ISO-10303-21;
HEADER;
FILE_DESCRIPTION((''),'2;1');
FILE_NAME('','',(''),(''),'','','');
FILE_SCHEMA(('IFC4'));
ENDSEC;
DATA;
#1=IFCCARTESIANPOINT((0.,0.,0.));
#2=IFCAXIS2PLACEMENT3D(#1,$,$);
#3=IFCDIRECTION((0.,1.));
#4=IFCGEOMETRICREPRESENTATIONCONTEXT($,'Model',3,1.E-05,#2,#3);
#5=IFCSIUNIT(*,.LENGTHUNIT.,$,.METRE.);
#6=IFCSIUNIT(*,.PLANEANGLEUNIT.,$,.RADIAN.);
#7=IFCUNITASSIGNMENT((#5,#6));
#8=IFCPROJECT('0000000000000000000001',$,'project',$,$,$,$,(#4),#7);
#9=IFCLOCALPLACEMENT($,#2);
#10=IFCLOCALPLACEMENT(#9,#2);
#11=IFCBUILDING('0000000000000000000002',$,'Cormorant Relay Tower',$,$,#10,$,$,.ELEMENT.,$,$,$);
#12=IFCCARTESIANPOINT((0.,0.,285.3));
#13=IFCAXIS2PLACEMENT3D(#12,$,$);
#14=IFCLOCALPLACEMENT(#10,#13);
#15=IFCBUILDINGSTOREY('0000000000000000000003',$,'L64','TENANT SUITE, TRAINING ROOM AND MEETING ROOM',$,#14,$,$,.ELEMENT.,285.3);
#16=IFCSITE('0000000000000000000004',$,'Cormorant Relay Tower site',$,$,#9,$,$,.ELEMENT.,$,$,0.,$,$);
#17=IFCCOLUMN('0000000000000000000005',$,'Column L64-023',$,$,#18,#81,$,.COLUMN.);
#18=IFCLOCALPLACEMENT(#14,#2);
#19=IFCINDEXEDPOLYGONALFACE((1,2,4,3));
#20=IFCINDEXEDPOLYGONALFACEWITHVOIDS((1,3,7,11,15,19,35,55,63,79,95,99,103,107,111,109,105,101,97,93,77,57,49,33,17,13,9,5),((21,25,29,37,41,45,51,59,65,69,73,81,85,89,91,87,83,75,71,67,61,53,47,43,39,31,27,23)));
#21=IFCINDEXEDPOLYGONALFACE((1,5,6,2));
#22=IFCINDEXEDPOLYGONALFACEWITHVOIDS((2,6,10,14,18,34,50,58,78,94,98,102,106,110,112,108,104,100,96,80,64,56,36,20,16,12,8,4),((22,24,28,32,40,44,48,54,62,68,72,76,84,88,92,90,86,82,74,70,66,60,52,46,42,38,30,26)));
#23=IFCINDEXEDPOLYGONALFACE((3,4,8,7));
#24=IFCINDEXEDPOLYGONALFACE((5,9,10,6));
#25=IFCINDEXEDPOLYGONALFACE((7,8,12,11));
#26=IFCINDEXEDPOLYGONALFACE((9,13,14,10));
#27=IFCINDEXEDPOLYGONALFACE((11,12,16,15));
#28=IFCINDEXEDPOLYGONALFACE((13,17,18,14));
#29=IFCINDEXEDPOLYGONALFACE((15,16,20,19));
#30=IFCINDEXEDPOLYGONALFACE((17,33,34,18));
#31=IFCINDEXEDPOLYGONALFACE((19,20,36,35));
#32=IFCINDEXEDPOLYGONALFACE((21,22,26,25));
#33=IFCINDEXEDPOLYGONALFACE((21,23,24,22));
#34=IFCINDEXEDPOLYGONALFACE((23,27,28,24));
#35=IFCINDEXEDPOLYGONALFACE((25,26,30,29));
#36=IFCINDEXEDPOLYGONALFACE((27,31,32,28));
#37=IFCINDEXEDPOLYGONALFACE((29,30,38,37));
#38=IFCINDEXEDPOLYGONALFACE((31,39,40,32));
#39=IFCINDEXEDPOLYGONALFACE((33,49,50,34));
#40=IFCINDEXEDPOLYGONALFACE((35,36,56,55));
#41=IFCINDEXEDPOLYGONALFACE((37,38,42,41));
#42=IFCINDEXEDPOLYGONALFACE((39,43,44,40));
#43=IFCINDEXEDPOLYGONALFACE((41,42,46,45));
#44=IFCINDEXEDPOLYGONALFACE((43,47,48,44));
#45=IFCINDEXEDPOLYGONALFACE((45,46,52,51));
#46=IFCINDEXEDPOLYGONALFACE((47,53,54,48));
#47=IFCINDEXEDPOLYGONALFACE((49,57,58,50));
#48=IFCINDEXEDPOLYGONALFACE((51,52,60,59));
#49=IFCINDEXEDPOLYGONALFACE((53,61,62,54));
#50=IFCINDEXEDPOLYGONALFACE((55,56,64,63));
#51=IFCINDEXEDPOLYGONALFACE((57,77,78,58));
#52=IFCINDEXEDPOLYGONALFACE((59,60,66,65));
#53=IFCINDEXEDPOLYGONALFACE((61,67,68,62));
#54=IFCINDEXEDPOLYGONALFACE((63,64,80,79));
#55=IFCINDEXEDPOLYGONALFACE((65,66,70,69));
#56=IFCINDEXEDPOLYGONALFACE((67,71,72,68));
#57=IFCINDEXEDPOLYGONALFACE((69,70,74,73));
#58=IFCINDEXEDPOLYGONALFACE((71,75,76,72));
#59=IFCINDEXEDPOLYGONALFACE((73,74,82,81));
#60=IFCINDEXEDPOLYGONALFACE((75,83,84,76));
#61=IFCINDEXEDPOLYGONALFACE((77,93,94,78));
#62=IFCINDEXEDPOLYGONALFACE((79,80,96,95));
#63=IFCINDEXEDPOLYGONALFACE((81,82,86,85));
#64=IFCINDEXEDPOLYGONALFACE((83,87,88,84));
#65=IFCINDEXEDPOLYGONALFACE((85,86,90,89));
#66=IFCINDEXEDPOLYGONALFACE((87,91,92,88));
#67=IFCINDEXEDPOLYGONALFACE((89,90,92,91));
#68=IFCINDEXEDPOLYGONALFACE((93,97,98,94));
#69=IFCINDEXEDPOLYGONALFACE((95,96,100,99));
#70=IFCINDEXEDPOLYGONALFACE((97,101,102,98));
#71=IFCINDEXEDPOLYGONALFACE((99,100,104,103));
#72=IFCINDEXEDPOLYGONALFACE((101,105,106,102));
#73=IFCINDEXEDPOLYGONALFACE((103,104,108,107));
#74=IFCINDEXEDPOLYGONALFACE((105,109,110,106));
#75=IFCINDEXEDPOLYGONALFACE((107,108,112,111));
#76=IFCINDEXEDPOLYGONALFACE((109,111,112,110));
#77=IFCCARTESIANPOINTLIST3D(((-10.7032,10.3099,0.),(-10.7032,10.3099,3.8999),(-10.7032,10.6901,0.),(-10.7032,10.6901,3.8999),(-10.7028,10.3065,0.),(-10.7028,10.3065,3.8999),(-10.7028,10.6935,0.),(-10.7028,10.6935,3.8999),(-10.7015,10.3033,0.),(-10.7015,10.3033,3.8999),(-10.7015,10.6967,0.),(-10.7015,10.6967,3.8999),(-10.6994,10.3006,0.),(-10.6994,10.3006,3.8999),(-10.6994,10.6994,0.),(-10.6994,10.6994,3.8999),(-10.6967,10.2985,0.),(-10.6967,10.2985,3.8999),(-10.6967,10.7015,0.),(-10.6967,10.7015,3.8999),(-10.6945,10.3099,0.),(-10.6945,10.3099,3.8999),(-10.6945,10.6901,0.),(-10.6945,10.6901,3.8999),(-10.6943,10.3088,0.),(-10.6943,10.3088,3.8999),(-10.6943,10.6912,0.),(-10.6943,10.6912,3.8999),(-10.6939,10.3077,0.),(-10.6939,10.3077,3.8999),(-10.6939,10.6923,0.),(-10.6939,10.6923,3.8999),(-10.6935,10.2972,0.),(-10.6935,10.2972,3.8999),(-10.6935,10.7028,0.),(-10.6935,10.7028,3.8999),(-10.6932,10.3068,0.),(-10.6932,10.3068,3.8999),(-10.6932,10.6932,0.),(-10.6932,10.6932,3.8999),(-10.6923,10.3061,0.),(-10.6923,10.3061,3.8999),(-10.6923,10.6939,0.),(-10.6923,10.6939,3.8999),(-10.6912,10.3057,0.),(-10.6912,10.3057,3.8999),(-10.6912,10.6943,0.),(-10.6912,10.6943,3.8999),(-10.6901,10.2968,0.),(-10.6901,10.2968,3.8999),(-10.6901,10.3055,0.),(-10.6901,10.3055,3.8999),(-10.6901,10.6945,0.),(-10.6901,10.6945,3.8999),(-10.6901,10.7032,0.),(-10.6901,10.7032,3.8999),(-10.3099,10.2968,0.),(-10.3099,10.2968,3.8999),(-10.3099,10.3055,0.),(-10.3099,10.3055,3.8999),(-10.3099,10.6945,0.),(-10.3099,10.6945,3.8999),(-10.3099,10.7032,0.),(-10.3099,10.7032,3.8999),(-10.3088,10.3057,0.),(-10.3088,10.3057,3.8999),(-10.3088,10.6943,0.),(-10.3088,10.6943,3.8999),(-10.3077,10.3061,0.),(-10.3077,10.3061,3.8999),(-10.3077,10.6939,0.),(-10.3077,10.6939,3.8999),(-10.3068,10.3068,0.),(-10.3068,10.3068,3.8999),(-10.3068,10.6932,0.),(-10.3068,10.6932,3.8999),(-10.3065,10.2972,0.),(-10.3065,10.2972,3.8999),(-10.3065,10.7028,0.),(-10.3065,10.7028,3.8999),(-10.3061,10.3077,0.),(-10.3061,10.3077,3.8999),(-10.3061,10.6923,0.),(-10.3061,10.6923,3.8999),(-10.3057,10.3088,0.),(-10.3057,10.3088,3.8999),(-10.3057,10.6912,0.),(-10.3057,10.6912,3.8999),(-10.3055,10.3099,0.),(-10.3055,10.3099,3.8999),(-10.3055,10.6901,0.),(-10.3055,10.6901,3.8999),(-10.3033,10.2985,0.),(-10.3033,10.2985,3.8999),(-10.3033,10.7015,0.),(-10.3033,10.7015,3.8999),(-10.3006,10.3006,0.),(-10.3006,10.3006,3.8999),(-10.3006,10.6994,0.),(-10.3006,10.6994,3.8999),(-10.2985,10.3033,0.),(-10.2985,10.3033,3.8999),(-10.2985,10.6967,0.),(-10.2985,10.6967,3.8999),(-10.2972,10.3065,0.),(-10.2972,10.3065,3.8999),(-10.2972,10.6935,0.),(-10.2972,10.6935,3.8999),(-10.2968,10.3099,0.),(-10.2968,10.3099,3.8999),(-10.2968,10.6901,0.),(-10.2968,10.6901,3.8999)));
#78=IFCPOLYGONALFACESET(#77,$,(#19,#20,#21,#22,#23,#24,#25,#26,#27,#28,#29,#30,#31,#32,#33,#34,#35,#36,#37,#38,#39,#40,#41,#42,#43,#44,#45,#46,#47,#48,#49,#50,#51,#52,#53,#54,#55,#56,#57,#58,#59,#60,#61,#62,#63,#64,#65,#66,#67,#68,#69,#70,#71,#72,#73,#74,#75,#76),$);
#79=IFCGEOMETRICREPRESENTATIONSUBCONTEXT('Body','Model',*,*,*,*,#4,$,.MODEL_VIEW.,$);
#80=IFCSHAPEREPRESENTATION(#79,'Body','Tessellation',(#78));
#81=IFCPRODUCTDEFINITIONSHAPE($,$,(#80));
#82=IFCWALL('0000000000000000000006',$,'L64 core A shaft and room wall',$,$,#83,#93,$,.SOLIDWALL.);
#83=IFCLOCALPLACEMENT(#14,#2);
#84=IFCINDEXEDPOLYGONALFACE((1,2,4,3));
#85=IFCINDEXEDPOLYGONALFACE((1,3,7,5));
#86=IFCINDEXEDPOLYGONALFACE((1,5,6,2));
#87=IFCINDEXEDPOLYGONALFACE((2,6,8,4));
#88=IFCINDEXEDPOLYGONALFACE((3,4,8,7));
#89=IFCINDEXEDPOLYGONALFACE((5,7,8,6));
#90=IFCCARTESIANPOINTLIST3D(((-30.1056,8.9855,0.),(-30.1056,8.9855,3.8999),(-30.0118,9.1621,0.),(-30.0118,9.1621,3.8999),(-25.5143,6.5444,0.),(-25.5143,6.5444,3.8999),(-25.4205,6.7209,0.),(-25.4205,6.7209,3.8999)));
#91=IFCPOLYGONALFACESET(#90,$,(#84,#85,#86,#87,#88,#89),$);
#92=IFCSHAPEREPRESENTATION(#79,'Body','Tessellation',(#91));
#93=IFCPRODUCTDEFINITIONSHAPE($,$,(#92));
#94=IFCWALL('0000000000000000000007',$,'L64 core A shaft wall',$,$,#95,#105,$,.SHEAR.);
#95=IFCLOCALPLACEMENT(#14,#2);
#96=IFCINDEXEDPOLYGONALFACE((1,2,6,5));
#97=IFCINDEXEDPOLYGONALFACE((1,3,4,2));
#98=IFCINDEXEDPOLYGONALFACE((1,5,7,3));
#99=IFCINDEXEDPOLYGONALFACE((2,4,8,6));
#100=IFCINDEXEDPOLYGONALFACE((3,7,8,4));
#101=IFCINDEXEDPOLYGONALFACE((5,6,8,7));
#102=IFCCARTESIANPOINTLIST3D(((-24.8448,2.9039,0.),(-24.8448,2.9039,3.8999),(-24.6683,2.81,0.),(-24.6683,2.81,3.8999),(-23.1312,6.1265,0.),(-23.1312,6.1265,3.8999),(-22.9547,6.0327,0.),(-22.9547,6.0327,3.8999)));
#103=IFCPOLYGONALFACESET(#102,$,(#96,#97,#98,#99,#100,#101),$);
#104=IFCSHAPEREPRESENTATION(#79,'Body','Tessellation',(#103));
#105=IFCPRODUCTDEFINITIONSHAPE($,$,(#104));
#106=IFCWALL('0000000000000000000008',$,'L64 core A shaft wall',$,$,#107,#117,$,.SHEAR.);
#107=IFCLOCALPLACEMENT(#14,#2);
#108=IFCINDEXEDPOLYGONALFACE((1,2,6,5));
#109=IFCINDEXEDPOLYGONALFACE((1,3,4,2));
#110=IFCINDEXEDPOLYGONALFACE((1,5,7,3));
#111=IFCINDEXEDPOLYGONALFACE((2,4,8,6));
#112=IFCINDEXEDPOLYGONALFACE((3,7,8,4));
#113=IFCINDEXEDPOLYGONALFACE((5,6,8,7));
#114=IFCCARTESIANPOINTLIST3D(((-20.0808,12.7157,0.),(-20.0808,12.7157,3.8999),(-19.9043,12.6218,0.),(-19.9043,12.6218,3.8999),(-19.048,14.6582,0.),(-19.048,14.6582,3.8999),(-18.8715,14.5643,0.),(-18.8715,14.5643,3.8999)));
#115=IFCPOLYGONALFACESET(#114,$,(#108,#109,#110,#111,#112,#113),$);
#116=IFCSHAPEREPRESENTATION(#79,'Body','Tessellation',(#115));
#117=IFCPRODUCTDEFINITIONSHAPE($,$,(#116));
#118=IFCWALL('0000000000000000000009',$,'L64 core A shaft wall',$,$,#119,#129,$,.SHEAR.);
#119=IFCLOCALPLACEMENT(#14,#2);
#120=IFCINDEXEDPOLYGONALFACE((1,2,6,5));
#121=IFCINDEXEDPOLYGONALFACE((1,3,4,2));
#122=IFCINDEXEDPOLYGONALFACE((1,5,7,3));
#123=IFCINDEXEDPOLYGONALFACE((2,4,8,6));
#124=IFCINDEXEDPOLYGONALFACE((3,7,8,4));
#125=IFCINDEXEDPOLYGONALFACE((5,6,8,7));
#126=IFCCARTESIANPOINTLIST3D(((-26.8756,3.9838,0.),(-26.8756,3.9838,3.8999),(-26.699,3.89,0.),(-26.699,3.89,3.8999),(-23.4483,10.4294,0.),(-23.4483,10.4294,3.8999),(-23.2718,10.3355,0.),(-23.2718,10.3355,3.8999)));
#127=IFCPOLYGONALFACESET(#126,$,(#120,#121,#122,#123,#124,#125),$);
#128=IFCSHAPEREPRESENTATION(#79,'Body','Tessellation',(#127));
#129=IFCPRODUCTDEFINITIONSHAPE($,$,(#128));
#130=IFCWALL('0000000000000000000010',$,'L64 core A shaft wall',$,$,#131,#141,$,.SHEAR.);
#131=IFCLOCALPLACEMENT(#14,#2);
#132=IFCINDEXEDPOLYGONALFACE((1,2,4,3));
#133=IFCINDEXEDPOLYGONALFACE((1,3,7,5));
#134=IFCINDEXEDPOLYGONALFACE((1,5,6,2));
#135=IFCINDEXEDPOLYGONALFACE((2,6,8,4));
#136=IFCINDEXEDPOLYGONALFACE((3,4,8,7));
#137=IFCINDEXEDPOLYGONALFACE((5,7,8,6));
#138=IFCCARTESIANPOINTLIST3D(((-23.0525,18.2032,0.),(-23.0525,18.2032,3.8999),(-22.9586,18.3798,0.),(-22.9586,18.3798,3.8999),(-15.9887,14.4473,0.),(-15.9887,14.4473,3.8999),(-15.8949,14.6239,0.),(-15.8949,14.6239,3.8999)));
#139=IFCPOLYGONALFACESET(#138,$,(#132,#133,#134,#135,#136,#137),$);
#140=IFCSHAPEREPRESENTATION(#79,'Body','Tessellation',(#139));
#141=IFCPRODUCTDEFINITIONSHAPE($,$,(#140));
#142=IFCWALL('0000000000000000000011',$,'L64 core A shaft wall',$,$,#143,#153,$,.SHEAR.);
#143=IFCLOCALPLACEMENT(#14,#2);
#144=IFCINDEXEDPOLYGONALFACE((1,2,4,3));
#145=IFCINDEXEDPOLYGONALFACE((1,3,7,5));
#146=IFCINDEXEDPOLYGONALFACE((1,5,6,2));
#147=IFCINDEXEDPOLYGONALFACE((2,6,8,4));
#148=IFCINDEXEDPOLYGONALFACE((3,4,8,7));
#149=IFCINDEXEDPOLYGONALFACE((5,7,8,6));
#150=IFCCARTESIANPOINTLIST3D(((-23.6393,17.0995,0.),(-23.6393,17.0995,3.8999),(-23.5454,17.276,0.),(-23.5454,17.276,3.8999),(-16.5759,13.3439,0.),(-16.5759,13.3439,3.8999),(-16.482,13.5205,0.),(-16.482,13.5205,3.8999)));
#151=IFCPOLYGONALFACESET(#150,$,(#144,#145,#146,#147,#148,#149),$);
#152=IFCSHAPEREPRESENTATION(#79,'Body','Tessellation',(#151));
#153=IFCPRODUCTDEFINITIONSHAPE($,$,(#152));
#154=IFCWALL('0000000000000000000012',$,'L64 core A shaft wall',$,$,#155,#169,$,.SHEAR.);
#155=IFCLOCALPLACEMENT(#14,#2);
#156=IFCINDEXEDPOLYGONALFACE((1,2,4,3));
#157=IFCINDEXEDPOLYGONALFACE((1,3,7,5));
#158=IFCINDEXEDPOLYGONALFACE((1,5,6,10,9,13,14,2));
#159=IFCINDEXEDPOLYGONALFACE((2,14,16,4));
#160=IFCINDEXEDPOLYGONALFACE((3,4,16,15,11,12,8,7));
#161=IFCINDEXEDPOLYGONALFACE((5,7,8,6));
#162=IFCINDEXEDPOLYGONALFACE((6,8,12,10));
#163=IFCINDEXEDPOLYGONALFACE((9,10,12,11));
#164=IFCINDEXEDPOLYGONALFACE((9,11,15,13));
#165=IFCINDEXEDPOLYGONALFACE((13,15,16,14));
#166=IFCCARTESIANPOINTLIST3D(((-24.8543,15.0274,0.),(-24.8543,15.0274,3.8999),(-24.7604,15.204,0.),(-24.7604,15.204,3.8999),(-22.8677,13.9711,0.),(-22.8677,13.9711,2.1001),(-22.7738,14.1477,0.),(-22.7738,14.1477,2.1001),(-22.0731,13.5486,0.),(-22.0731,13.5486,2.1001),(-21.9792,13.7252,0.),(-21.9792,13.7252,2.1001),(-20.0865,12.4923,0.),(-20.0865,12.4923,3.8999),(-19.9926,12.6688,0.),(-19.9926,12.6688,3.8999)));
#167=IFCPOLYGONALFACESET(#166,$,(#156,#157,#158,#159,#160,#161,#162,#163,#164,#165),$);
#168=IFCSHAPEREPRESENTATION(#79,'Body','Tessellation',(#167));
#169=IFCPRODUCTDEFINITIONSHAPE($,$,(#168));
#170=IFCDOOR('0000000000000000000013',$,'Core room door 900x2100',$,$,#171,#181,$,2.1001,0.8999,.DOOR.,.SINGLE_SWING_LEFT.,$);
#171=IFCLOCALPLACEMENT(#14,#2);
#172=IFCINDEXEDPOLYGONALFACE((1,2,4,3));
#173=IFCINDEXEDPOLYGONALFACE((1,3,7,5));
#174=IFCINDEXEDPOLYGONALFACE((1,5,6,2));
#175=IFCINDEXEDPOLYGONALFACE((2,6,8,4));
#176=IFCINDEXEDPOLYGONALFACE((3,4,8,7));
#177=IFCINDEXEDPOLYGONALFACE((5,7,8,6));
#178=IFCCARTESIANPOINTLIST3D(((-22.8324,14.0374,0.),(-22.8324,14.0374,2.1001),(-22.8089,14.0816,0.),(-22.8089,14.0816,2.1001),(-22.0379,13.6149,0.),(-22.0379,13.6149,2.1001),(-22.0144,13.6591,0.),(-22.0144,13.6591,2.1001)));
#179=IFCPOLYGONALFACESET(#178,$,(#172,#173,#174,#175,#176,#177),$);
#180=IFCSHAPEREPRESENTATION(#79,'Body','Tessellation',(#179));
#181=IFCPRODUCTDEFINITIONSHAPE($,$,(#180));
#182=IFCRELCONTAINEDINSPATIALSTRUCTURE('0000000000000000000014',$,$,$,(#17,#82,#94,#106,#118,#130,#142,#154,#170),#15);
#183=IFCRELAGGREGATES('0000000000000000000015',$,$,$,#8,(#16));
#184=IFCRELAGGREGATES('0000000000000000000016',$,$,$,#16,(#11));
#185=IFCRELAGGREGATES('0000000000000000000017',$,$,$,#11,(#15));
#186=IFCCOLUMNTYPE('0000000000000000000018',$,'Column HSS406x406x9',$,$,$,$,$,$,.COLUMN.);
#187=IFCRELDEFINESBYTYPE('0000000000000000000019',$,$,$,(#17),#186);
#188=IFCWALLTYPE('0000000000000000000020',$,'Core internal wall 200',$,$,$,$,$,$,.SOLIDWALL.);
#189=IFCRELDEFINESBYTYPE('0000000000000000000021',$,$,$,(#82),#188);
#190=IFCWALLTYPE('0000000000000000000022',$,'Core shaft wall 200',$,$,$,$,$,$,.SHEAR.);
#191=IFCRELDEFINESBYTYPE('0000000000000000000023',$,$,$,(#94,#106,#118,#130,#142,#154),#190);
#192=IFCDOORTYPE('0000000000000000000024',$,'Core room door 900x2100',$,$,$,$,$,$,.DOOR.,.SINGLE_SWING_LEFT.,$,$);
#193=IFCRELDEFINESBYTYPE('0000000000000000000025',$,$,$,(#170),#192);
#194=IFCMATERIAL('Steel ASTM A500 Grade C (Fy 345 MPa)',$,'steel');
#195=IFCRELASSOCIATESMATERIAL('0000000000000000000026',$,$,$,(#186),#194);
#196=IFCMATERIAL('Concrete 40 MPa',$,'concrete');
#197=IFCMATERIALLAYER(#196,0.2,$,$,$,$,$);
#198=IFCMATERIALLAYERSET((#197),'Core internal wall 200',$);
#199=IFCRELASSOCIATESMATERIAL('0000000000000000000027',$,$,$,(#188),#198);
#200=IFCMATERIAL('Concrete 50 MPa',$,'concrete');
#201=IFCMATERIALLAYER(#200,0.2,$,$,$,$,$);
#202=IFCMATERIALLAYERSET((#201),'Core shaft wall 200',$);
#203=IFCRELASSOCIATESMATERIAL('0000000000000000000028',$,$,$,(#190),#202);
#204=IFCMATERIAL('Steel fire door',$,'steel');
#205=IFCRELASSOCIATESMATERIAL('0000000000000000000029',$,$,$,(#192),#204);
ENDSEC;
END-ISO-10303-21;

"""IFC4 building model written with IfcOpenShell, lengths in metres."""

from ifc_helpers import new_model, si_unit, direction, frame, frame_2d, origin, origin_2d, place, context, subcontext, project, spatial, rectangle, hollow_rectangle, extrude, material, layer, layer_set, material_profile, profile_set, type_object, element, fill, save


model = new_model("IFC4")

# Units and contexts
model_context = context("Model", 3, precision=1e-05, world=origin(), true_north=direction((0.0, 1.0)))
body_context = subcontext(model_context, "Body", "Model", "MODEL_VIEW")
ifc_project = project(units=[si_unit("LENGTHUNIT", "METRE"), si_unit("PLANEANGLEUNIT", "RADIAN")], contexts=[model_context])

# Site, building, storey
site_placement = place(None, origin())
site = spatial("IfcSite", under=ifc_project, at=site_placement, Name="Cormorant Relay Tower site", CompositionType="ELEMENT", RefElevation=0.0)
building_placement = place(site_placement, origin())
building = spatial("IfcBuilding", under=site, at=building_placement, Name="Cormorant Relay Tower", CompositionType="ELEMENT")
storey_placement = place(building_placement, frame((0.0, 0.0, 285.3)))
storey = spatial("IfcBuildingStorey", under=building, at=storey_placement, Name="L64", Description="TENANT SUITE, TRAINING ROOM AND MEETING ROOM", CompositionType="ELEMENT", Elevation=285.3)

# Column
ifc_material_1 = material(Name="Steel ASTM A500 Grade C (Fy 345 MPa)", Category="steel")
ifc_material_profile = material_profile(ifc_material_1, hollow_rectangle(XDim=0.4065, YDim=0.4065, WallThickness=0.0088, InnerFilletRadius=0.0044, OuterFilletRadius=0.0132, at=origin_2d()), Name="HSS406x406x9")
ifc_profile_set = profile_set([ifc_material_profile], Name="Steel ASTM A500 Grade C (Fy 345 MPa)")
column_type = type_object("IfcColumnType", Name="Column HSS406x406x9", PredefinedType="COLUMN", material=ifc_profile_set)
column_placement = place(storey_placement, frame((-10.5, 10.5, 0.0), z_axis=(0.0, 0.0, 1.0), x_axis=(1.0, 0.0, 0.0)))
element("IfcColumn", 1, at=column_placement, inside=storey, type_object=column_type, Name="Column L64-023", PredefinedType="COLUMN", context=body_context, shape_type="SweptSolid", body=[
    extrude(hollow_rectangle(XDim=0.4065, YDim=0.4065, WallThickness=0.0088, InnerFilletRadius=0.0044, OuterFilletRadius=0.0132, at=origin_2d()), origin(), (0.0, 0.0, 1.0), 3.8999),
])

# Walls
ifc_material_2 = material(Name="Concrete 40 MPa", Category="concrete")
ifc_layer_1 = layer(ifc_material_2, 0.2)
ifc_layer_set_1 = layer_set([ifc_layer_1], Name="Core internal wall 200")
wall_type_1 = type_object("IfcWallType", Name="Core internal wall 200", PredefinedType="SOLIDWALL", material=ifc_layer_set_1)
wall_1_placement = place(storey_placement, frame((-25.4673, 6.6326, 0.0), z_axis=(0.0, 0.0, 1.0), x_axis=(-0.882954, 0.46946, 0.0)))
element("IfcWall", 2, at=wall_1_placement, inside=storey, type_object=wall_type_1, Name="L64 core A shaft and room wall", PredefinedType="SOLIDWALL", context=body_context, shape_type="SweptSolid", body=[
    extrude(rectangle(XDim=5.2, YDim=0.2, at=frame_2d((2.6001, 0.0))), origin(), (0.0, 0.0, 1.0), 3.8999),
])
ifc_material_3 = material(Name="Concrete 50 MPa", Category="concrete")
ifc_layer_2 = layer(ifc_material_3, 0.2)
ifc_layer_set_2 = layer_set([ifc_layer_2], Name="Core shaft wall 200")
wall_type_2 = type_object("IfcWallType", Name="Core shaft wall 200", PredefinedType="SHEAR", material=ifc_layer_set_2)
wall_2_placement = place(storey_placement, frame((-23.043, 6.0796, 0.0), z_axis=(0.0, 0.0, 1.0), x_axis=(-0.469494, -0.882936, 0.0)))
element("IfcWall", 3, at=wall_2_placement, inside=storey, type_object=wall_type_2, Name="L64 core A shaft wall", PredefinedType="SHEAR", context=body_context, shape_type="SweptSolid", body=[
    extrude(rectangle(XDim=3.6499, YDim=0.2, at=frame_2d((1.825, 0.0))), origin(), (0.0, 0.0, 1.0), 3.8999),
])
wall_3_placement = place(storey_placement, frame((-18.9597, 14.6113, 0.0), z_axis=(0.0, 0.0, 1.0), x_axis=(-0.469447, -0.88296, 0.0)))
element("IfcWall", 4, at=wall_3_placement, inside=storey, type_object=wall_type_2, Name="L64 core A shaft wall", PredefinedType="SHEAR", context=body_context, shape_type="SweptSolid", body=[
    extrude(rectangle(XDim=2.2, YDim=0.2, at=frame_2d((1.1001, 0.0))), origin(), (0.0, 0.0, 1.0), 3.8999),
])
wall_4_placement = place(storey_placement, frame((-23.3601, 10.3823, 0.0), z_axis=(0.0, 0.0, 1.0), x_axis=(-0.46948, -0.882943, 0.0)))
element("IfcWall", 5, at=wall_4_placement, inside=storey, type_object=wall_type_2, Name="L64 core A shaft wall", PredefinedType="SHEAR", context=body_context, shape_type="SweptSolid", body=[
    extrude(rectangle(XDim=7.3, YDim=0.2, at=frame_2d((3.6499, 0.0))), origin(), (0.0, 0.0, 1.0), 3.8999),
])
wall_5_placement = place(storey_placement, frame((-15.9419, 14.5356, 0.0), z_axis=(0.0, 0.0, 1.0), x_axis=(-0.882947, 0.469473, 0.0)))
element("IfcWall", 6, at=wall_5_placement, inside=storey, type_object=wall_type_2, Name="L64 core A shaft wall", PredefinedType="SHEAR", context=body_context, shape_type="SweptSolid", body=[
    extrude(rectangle(XDim=8.0002, YDim=0.2, at=frame_2d((4.0, 0.0))), origin(), (0.0, 0.0, 1.0), 3.8999),
])
wall_6_placement = place(storey_placement, frame((-16.5288, 13.4321, 0.0), z_axis=(0.0, 0.0, 1.0), x_axis=(-0.882953, 0.469462, 0.0)))
element("IfcWall", 7, at=wall_6_placement, inside=storey, type_object=wall_type_2, Name="L64 core A shaft wall", PredefinedType="SHEAR", context=body_context, shape_type="SweptSolid", body=[
    extrude(rectangle(XDim=7.9998, YDim=0.2, at=frame_2d((4.0, 0.0))), origin(), (0.0, 0.0, 1.0), 3.8999),
])

# Wall, opening, door
wall_7_placement = place(storey_placement, frame((-20.0396, 12.5806, 0.0), z_axis=(0.0, 0.0, 1.0), x_axis=(-0.882943, 0.46948, 0.0)))
wall_7 = element("IfcWall", 8, at=wall_7_placement, inside=storey, type_object=wall_type_2, Name="L64 core A shaft wall", PredefinedType="SHEAR", context=body_context, shape_type="SweptSolid", body=[
    extrude(rectangle(XDim=5.3999, YDim=0.2, at=frame_2d((2.7, 0.0))), origin(), (0.0, 0.0, 1.0), 3.8999),
])
opening_1_placement = place(wall_7_placement, frame((2.25, 0.0, 0.0)))
opening_1 = element("IfcOpeningElement", 9, at=opening_1_placement, cuts=wall_7, PredefinedType="OPENING", context=body_context, shape_type="SweptSolid", body=[
    extrude(rectangle(XDim=0.8999, YDim=2.1001, at=frame_2d((0.45, 1.05))), frame((0.0, 0.1099, 0.0), z_axis=(0.0, -1.0, 0.0), x_axis=(1.0, 0.0, 0.0)), (0.0, 0.0, 1.0), 0.22),
])
ifc_material_4 = material(Name="Steel fire door", Category="steel")
door_type_1 = type_object("IfcDoorType", Name="Core room door 900x2100", OperationType="SINGLE_SWING_LEFT", PredefinedType="DOOR", material=ifc_material_4)
door_1_placement = place(opening_1_placement, origin())
door_1 = element("IfcDoor", 10, at=door_1_placement, inside=storey, type_object=door_type_1, Name="Core room door 900x2100", OperationType="SINGLE_SWING_LEFT", OverallHeight=2.1001, OverallWidth=0.8999, PredefinedType="DOOR", context=body_context, shape_type="SweptSolid", body=[
    extrude(rectangle(XDim=0.8999, YDim=2.1001, at=frame_2d((0.45, 1.05))), frame((0.0, 0.0249, 0.0), z_axis=(0.0, -1.0, 0.0), x_axis=(1.0, 0.0, 0.0)), (0.0, 0.0, 1.0), 0.05),
])
fill(opening_1, door_1)

save(model, "model.ifc")
